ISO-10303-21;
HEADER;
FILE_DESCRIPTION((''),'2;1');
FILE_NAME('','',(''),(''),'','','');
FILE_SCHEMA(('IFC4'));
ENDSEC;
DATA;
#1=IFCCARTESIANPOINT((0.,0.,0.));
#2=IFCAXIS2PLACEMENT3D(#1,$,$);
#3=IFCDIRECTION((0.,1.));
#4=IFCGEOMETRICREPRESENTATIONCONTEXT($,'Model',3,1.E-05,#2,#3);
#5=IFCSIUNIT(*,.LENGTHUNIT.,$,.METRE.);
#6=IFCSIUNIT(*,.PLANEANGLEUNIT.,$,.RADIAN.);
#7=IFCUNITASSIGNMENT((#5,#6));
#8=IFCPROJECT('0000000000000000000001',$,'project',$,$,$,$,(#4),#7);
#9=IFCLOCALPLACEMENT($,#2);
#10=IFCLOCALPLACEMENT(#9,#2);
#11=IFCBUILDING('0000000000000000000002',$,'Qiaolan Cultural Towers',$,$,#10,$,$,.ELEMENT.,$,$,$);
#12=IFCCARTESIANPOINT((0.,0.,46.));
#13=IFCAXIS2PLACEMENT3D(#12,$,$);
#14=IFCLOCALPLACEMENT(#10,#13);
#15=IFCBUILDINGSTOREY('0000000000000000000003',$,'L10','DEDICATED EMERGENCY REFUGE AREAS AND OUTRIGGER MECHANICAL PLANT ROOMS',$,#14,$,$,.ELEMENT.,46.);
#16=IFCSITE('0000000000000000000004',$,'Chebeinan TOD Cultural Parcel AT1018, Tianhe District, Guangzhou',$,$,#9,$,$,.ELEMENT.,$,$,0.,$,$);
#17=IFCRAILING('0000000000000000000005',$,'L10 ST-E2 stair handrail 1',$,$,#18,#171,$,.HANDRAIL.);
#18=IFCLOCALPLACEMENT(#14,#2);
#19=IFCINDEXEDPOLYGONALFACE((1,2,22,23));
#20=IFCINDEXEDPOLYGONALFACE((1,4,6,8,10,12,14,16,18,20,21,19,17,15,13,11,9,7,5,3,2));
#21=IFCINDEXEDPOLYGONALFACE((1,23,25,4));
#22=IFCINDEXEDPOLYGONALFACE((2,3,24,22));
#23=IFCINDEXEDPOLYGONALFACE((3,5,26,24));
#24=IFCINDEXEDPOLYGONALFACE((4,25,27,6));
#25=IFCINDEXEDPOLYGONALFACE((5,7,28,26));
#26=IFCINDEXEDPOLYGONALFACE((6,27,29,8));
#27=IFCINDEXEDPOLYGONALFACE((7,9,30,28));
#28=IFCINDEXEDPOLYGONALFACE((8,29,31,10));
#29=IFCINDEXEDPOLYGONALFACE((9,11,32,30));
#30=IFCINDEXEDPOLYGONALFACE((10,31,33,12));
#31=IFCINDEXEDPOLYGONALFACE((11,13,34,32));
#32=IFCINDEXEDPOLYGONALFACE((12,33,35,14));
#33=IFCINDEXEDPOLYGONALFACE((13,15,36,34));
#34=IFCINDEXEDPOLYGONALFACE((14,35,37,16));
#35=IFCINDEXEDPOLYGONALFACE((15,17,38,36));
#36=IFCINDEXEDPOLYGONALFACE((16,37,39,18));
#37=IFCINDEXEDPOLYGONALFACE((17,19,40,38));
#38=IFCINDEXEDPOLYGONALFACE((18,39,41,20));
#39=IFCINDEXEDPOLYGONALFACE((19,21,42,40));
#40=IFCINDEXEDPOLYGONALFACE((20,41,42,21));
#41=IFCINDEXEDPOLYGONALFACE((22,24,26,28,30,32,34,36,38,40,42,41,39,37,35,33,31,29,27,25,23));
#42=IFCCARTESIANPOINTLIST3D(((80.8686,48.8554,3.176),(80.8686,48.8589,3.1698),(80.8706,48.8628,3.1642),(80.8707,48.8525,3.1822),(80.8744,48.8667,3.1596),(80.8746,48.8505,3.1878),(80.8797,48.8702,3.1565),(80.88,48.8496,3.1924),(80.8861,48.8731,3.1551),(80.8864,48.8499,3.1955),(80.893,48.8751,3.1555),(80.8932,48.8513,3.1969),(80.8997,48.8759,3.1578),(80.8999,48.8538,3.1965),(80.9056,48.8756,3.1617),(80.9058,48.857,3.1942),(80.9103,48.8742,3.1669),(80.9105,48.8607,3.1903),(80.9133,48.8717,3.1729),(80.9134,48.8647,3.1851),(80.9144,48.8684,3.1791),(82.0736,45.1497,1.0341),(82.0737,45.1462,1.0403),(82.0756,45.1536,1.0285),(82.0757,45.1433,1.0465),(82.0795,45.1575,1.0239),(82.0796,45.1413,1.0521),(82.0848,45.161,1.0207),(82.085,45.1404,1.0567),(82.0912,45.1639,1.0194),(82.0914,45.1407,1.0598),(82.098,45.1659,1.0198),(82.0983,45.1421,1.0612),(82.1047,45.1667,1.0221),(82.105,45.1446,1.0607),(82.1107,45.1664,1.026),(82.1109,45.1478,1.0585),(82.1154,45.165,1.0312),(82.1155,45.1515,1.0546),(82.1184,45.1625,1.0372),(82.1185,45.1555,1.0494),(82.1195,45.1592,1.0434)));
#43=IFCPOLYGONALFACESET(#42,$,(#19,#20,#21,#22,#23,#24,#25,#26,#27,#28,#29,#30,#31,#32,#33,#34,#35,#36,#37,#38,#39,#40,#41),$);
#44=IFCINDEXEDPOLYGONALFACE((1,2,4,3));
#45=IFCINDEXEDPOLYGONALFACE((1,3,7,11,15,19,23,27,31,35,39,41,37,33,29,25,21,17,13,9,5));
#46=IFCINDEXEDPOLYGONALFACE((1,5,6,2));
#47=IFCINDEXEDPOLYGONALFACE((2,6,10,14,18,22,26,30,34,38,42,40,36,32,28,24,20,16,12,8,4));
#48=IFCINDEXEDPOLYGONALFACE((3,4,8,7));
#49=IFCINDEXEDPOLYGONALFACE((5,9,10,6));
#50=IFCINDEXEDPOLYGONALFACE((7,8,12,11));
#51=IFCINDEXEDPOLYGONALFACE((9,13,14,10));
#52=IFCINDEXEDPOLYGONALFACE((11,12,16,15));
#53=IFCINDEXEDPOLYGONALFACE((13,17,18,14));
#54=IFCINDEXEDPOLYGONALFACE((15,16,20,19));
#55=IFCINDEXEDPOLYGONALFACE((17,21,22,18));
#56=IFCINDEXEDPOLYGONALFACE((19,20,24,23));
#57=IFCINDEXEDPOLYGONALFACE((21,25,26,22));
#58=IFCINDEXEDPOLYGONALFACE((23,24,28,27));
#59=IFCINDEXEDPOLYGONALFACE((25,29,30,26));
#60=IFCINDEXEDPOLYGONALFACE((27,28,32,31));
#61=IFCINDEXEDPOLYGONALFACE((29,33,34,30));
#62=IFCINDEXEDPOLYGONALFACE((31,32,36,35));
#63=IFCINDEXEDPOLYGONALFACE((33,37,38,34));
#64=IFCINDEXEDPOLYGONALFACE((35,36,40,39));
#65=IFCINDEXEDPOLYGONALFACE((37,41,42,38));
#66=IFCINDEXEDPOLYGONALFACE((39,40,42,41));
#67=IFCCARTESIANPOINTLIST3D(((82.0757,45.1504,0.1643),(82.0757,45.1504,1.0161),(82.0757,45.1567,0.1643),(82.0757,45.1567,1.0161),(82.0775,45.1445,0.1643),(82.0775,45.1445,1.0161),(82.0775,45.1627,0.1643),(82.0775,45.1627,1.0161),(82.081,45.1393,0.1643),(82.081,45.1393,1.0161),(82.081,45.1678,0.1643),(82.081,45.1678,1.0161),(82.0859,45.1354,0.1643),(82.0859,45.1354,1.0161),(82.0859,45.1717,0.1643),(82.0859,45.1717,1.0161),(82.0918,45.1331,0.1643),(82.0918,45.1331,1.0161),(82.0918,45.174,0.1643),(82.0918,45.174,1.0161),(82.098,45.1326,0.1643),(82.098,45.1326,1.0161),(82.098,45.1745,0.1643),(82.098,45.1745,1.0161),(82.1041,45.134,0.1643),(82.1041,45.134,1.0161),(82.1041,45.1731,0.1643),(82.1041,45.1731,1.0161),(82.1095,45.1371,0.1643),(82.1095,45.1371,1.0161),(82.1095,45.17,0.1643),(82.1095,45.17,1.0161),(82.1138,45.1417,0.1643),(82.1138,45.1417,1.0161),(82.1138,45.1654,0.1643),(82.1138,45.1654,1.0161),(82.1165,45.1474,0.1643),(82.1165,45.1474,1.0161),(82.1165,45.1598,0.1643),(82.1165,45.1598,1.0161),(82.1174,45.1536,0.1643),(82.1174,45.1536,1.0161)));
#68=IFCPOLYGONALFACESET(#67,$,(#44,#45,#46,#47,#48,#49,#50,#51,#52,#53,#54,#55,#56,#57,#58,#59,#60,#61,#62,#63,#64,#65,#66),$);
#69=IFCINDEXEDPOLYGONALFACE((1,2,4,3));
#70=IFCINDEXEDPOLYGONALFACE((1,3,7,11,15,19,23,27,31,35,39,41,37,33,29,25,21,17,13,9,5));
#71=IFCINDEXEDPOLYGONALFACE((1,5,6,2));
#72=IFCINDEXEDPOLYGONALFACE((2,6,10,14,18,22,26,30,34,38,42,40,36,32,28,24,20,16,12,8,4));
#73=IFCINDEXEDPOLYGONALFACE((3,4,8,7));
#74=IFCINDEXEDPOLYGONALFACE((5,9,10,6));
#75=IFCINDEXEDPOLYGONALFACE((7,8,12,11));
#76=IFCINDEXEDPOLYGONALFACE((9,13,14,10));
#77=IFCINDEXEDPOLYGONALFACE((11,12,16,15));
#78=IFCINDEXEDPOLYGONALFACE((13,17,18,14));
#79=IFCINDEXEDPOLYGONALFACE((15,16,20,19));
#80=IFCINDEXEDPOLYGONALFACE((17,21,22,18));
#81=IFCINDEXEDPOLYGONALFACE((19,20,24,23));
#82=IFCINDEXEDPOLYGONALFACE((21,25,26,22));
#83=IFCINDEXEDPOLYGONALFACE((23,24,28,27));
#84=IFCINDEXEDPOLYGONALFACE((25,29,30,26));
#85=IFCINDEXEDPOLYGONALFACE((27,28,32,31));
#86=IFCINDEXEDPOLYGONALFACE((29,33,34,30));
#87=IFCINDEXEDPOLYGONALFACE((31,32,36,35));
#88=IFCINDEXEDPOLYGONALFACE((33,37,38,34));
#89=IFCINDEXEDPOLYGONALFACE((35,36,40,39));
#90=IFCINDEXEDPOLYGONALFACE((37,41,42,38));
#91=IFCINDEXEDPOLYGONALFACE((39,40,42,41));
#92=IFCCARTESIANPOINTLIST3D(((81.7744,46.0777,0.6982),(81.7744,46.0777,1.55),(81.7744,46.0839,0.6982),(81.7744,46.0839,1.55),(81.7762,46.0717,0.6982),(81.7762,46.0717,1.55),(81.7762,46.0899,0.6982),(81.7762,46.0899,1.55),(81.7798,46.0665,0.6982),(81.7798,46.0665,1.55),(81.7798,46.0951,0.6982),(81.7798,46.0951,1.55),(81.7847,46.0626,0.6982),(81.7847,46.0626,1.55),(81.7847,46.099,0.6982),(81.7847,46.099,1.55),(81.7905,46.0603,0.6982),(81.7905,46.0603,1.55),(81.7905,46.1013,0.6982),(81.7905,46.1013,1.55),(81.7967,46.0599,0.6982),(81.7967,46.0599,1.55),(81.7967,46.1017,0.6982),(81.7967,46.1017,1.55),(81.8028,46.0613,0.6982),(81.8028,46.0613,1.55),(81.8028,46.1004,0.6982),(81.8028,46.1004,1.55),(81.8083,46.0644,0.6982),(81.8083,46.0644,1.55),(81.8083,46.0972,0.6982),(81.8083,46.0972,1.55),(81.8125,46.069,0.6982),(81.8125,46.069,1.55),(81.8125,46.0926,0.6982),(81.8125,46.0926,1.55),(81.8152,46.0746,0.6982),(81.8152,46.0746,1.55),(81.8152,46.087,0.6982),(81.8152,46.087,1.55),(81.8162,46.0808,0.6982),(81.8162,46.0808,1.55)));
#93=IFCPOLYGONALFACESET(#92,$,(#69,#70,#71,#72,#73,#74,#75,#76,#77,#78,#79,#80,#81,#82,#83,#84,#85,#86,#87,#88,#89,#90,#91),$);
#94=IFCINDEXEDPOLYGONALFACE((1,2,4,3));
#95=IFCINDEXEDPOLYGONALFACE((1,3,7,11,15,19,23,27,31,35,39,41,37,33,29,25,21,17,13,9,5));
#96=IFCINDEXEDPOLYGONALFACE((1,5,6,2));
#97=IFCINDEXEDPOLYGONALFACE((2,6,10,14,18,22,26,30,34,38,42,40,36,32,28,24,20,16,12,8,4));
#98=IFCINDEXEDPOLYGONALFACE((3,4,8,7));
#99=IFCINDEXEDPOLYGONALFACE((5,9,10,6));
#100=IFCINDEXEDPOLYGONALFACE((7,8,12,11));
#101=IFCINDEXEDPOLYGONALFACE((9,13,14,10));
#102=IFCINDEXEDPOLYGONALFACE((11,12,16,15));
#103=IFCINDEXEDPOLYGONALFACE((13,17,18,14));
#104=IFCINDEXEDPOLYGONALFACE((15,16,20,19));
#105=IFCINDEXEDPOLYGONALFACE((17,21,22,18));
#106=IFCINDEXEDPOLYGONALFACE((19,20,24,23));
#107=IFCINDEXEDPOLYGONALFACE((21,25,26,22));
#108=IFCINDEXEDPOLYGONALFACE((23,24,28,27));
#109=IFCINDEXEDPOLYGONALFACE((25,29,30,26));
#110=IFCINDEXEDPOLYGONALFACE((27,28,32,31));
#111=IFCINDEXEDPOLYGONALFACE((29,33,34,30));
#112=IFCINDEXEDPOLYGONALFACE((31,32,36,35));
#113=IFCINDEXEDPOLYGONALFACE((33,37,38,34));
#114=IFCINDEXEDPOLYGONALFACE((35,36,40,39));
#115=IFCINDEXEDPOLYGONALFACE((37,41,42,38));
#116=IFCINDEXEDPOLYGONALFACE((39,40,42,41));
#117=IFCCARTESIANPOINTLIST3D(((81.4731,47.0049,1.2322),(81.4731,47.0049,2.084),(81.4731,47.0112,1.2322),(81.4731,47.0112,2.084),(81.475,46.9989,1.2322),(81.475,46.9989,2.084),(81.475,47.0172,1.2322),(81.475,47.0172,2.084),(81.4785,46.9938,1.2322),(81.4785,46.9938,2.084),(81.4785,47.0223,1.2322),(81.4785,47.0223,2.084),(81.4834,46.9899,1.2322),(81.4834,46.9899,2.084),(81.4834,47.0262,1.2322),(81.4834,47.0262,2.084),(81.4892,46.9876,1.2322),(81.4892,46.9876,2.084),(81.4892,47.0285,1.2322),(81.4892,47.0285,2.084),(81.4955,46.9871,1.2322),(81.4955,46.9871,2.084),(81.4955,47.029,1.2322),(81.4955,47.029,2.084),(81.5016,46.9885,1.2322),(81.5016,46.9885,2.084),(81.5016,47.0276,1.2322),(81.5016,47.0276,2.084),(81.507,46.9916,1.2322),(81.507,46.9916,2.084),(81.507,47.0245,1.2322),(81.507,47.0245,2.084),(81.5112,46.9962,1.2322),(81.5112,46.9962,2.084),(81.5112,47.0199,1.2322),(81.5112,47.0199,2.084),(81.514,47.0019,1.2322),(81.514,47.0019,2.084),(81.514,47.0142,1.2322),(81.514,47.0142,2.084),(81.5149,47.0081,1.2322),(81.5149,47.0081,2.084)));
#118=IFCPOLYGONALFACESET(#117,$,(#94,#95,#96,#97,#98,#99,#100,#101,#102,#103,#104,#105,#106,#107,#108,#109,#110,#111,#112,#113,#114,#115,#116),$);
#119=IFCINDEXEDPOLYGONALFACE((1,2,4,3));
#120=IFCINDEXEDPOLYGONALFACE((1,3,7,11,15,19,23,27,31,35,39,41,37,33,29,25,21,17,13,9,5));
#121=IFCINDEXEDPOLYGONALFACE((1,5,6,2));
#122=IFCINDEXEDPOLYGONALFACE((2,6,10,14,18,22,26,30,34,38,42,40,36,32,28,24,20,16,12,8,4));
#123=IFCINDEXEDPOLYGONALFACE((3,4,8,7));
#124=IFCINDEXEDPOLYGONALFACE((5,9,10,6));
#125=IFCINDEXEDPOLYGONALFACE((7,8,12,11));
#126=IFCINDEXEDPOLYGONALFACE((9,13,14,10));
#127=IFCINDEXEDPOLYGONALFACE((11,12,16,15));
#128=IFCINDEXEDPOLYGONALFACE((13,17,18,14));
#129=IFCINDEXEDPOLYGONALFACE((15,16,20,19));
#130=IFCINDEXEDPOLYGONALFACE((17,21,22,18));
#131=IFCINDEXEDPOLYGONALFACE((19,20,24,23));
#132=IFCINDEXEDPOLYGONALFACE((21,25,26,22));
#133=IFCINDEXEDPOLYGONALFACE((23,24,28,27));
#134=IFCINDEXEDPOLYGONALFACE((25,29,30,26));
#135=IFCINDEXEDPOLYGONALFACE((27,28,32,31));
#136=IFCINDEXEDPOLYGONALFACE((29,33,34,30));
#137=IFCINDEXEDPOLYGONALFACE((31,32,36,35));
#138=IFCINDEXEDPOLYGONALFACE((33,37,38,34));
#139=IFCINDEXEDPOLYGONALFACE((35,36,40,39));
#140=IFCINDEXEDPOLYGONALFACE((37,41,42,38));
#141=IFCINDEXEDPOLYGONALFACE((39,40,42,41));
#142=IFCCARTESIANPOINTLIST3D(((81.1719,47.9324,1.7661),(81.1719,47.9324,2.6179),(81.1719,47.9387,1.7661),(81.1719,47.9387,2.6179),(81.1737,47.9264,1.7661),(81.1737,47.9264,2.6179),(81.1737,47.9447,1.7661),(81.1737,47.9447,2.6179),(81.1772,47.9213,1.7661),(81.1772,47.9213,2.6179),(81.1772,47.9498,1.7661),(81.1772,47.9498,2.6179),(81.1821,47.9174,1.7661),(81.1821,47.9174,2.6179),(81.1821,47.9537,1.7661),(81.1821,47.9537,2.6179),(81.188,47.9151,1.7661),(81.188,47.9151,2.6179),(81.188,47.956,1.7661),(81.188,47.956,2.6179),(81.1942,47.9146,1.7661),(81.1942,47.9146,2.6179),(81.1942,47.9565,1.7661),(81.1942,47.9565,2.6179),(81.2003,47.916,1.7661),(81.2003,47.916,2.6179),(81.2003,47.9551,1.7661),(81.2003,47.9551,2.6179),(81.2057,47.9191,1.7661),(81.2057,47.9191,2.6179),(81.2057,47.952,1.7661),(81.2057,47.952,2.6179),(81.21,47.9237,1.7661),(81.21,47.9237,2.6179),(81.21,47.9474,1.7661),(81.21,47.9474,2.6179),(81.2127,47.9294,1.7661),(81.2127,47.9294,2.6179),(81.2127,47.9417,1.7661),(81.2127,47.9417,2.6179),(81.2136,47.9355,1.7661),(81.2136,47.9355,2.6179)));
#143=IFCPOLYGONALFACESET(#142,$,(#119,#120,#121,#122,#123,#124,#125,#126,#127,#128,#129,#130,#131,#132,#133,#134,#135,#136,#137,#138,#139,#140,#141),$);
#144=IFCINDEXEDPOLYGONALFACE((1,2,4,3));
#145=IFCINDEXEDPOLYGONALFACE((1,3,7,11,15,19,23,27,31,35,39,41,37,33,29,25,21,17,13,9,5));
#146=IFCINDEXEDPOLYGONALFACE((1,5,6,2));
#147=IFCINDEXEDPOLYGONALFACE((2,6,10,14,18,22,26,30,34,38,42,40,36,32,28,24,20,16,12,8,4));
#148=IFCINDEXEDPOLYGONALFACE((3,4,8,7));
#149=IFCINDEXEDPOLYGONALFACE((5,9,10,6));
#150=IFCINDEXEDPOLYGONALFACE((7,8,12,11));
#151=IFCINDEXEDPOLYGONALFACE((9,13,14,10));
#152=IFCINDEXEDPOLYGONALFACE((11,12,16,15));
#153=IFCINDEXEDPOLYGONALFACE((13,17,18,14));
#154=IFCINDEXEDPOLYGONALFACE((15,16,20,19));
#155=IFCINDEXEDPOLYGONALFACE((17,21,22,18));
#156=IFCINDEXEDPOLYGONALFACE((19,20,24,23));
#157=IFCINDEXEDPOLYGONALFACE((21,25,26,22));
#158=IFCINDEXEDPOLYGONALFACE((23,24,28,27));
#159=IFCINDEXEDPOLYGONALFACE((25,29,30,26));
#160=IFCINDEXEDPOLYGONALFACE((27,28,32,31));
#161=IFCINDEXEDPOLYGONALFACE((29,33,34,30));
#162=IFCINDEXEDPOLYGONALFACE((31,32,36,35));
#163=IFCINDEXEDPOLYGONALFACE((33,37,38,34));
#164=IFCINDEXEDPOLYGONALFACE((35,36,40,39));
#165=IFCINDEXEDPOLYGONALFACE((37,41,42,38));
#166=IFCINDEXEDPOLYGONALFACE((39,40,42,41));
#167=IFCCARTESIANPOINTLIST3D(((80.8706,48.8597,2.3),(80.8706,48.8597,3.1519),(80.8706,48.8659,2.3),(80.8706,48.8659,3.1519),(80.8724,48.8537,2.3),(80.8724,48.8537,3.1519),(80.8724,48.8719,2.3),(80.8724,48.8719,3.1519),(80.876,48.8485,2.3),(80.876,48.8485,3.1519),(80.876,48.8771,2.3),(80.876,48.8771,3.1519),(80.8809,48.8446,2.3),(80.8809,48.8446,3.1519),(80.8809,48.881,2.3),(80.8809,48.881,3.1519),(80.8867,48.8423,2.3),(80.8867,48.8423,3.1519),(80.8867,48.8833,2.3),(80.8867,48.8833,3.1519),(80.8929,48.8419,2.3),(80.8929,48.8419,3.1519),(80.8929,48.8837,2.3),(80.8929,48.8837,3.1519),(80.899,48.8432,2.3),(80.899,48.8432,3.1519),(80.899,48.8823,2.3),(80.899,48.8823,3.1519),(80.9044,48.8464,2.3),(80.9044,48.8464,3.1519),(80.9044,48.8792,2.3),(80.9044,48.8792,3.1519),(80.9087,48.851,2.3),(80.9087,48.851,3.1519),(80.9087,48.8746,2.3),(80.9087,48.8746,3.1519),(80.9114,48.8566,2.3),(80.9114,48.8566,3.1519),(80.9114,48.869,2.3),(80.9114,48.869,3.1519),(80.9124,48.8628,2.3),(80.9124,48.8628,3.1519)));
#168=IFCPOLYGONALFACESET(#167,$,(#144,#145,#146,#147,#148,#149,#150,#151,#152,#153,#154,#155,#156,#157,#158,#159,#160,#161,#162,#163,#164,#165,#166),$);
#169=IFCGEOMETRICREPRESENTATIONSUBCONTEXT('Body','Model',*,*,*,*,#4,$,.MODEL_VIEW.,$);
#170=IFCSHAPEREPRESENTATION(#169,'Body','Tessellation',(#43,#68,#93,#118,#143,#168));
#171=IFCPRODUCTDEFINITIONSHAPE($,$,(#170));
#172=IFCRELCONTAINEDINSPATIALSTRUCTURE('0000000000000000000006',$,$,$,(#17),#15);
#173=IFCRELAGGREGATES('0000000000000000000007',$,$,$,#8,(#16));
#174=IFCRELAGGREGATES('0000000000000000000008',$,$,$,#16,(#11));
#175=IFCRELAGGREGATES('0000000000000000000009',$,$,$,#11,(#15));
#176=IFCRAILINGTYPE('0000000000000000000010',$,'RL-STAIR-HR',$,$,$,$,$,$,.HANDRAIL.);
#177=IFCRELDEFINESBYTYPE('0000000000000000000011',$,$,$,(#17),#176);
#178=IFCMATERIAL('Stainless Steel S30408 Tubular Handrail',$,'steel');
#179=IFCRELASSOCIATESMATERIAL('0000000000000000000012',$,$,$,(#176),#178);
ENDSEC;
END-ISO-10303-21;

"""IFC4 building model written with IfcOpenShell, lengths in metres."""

from ifc_helpers import new_model, si_unit, direction, frame, origin, origin_2d, place, context, subcontext, project, spatial, circle, extrude, material, type_object, element, save


model = new_model("IFC4")

# Units and contexts
model_context = context("Model", 3, precision=1e-05, world=origin(), true_north=direction((0.0, 1.0)))
body_context = subcontext(model_context, "Body", "Model", "MODEL_VIEW")
ifc_project = project(units=[si_unit("LENGTHUNIT", "METRE"), si_unit("PLANEANGLEUNIT", "RADIAN")], contexts=[model_context])

# Site, building, storey
site_placement = place(None, origin())
site = spatial("IfcSite", under=ifc_project, at=site_placement, Name="Chebeinan TOD Cultural Parcel AT1018, Tianhe District, Guangzhou", CompositionType="ELEMENT", RefElevation=0.0)
building_placement = place(site_placement, origin())
building = spatial("IfcBuilding", under=site, at=building_placement, Name="Qiaolan Cultural Towers", CompositionType="ELEMENT")
storey_placement = place(building_placement, frame((0.0, 0.0, 46.0)))
storey = spatial("IfcBuildingStorey", under=building, at=storey_placement, Name="L10", Description="DEDICATED EMERGENCY REFUGE AREAS AND OUTRIGGER MECHANICAL PLANT ROOMS", CompositionType="ELEMENT", Elevation=46.0)

# Railing
ifc_material_1 = material(Name="Stainless Steel S30408 Tubular Handrail", Category="steel")
railing_type_1 = type_object("IfcRailingType", Name="RL-STAIR-HR", PredefinedType="HANDRAIL", material=ifc_material_1)
railing_1_placement = place(storey_placement, frame((82.0964, 45.1536, 0.1643)))
element("IfcRailing", 1, at=railing_1_placement, inside=storey, type_object=railing_type_1, Name="L10 ST-E2 stair handrail 1", PredefinedType="HANDRAIL", context=body_context, shape_type="SweptSolid", body=[
    extrude(circle(Radius=0.0239, at=origin_2d()), frame((0.0, 0.0, 0.876), z_axis=(-0.271013, 0.834177, 0.480312), x_axis=(-0.951066, -0.308988, 0.0)), (0.0, 0.0, 1.0), 4.4465),
    extrude(circle(Radius=0.021, at=origin_2d()), origin(), (0.0, 0.0, 1.0), 0.8518),
    extrude(circle(Radius=0.021, at=origin_2d()), frame((-0.3013, 0.9272, 0.5339)), (0.0, 0.0, 1.0), 0.8518),
    extrude(circle(Radius=0.021, at=origin_2d()), frame((-0.6025, 1.8545, 1.0679)), (0.0, 0.0, 1.0), 0.8518),
    extrude(circle(Radius=0.021, at=origin_2d()), frame((-0.9038, 2.782, 1.6018)), (0.0, 0.0, 1.0), 0.8518),
    extrude(circle(Radius=0.021, at=origin_2d()), frame((-1.2051, 3.7092, 2.1357)), (0.0, 0.0, 1.0), 0.8518),
])

save(model, "model.ifc")
